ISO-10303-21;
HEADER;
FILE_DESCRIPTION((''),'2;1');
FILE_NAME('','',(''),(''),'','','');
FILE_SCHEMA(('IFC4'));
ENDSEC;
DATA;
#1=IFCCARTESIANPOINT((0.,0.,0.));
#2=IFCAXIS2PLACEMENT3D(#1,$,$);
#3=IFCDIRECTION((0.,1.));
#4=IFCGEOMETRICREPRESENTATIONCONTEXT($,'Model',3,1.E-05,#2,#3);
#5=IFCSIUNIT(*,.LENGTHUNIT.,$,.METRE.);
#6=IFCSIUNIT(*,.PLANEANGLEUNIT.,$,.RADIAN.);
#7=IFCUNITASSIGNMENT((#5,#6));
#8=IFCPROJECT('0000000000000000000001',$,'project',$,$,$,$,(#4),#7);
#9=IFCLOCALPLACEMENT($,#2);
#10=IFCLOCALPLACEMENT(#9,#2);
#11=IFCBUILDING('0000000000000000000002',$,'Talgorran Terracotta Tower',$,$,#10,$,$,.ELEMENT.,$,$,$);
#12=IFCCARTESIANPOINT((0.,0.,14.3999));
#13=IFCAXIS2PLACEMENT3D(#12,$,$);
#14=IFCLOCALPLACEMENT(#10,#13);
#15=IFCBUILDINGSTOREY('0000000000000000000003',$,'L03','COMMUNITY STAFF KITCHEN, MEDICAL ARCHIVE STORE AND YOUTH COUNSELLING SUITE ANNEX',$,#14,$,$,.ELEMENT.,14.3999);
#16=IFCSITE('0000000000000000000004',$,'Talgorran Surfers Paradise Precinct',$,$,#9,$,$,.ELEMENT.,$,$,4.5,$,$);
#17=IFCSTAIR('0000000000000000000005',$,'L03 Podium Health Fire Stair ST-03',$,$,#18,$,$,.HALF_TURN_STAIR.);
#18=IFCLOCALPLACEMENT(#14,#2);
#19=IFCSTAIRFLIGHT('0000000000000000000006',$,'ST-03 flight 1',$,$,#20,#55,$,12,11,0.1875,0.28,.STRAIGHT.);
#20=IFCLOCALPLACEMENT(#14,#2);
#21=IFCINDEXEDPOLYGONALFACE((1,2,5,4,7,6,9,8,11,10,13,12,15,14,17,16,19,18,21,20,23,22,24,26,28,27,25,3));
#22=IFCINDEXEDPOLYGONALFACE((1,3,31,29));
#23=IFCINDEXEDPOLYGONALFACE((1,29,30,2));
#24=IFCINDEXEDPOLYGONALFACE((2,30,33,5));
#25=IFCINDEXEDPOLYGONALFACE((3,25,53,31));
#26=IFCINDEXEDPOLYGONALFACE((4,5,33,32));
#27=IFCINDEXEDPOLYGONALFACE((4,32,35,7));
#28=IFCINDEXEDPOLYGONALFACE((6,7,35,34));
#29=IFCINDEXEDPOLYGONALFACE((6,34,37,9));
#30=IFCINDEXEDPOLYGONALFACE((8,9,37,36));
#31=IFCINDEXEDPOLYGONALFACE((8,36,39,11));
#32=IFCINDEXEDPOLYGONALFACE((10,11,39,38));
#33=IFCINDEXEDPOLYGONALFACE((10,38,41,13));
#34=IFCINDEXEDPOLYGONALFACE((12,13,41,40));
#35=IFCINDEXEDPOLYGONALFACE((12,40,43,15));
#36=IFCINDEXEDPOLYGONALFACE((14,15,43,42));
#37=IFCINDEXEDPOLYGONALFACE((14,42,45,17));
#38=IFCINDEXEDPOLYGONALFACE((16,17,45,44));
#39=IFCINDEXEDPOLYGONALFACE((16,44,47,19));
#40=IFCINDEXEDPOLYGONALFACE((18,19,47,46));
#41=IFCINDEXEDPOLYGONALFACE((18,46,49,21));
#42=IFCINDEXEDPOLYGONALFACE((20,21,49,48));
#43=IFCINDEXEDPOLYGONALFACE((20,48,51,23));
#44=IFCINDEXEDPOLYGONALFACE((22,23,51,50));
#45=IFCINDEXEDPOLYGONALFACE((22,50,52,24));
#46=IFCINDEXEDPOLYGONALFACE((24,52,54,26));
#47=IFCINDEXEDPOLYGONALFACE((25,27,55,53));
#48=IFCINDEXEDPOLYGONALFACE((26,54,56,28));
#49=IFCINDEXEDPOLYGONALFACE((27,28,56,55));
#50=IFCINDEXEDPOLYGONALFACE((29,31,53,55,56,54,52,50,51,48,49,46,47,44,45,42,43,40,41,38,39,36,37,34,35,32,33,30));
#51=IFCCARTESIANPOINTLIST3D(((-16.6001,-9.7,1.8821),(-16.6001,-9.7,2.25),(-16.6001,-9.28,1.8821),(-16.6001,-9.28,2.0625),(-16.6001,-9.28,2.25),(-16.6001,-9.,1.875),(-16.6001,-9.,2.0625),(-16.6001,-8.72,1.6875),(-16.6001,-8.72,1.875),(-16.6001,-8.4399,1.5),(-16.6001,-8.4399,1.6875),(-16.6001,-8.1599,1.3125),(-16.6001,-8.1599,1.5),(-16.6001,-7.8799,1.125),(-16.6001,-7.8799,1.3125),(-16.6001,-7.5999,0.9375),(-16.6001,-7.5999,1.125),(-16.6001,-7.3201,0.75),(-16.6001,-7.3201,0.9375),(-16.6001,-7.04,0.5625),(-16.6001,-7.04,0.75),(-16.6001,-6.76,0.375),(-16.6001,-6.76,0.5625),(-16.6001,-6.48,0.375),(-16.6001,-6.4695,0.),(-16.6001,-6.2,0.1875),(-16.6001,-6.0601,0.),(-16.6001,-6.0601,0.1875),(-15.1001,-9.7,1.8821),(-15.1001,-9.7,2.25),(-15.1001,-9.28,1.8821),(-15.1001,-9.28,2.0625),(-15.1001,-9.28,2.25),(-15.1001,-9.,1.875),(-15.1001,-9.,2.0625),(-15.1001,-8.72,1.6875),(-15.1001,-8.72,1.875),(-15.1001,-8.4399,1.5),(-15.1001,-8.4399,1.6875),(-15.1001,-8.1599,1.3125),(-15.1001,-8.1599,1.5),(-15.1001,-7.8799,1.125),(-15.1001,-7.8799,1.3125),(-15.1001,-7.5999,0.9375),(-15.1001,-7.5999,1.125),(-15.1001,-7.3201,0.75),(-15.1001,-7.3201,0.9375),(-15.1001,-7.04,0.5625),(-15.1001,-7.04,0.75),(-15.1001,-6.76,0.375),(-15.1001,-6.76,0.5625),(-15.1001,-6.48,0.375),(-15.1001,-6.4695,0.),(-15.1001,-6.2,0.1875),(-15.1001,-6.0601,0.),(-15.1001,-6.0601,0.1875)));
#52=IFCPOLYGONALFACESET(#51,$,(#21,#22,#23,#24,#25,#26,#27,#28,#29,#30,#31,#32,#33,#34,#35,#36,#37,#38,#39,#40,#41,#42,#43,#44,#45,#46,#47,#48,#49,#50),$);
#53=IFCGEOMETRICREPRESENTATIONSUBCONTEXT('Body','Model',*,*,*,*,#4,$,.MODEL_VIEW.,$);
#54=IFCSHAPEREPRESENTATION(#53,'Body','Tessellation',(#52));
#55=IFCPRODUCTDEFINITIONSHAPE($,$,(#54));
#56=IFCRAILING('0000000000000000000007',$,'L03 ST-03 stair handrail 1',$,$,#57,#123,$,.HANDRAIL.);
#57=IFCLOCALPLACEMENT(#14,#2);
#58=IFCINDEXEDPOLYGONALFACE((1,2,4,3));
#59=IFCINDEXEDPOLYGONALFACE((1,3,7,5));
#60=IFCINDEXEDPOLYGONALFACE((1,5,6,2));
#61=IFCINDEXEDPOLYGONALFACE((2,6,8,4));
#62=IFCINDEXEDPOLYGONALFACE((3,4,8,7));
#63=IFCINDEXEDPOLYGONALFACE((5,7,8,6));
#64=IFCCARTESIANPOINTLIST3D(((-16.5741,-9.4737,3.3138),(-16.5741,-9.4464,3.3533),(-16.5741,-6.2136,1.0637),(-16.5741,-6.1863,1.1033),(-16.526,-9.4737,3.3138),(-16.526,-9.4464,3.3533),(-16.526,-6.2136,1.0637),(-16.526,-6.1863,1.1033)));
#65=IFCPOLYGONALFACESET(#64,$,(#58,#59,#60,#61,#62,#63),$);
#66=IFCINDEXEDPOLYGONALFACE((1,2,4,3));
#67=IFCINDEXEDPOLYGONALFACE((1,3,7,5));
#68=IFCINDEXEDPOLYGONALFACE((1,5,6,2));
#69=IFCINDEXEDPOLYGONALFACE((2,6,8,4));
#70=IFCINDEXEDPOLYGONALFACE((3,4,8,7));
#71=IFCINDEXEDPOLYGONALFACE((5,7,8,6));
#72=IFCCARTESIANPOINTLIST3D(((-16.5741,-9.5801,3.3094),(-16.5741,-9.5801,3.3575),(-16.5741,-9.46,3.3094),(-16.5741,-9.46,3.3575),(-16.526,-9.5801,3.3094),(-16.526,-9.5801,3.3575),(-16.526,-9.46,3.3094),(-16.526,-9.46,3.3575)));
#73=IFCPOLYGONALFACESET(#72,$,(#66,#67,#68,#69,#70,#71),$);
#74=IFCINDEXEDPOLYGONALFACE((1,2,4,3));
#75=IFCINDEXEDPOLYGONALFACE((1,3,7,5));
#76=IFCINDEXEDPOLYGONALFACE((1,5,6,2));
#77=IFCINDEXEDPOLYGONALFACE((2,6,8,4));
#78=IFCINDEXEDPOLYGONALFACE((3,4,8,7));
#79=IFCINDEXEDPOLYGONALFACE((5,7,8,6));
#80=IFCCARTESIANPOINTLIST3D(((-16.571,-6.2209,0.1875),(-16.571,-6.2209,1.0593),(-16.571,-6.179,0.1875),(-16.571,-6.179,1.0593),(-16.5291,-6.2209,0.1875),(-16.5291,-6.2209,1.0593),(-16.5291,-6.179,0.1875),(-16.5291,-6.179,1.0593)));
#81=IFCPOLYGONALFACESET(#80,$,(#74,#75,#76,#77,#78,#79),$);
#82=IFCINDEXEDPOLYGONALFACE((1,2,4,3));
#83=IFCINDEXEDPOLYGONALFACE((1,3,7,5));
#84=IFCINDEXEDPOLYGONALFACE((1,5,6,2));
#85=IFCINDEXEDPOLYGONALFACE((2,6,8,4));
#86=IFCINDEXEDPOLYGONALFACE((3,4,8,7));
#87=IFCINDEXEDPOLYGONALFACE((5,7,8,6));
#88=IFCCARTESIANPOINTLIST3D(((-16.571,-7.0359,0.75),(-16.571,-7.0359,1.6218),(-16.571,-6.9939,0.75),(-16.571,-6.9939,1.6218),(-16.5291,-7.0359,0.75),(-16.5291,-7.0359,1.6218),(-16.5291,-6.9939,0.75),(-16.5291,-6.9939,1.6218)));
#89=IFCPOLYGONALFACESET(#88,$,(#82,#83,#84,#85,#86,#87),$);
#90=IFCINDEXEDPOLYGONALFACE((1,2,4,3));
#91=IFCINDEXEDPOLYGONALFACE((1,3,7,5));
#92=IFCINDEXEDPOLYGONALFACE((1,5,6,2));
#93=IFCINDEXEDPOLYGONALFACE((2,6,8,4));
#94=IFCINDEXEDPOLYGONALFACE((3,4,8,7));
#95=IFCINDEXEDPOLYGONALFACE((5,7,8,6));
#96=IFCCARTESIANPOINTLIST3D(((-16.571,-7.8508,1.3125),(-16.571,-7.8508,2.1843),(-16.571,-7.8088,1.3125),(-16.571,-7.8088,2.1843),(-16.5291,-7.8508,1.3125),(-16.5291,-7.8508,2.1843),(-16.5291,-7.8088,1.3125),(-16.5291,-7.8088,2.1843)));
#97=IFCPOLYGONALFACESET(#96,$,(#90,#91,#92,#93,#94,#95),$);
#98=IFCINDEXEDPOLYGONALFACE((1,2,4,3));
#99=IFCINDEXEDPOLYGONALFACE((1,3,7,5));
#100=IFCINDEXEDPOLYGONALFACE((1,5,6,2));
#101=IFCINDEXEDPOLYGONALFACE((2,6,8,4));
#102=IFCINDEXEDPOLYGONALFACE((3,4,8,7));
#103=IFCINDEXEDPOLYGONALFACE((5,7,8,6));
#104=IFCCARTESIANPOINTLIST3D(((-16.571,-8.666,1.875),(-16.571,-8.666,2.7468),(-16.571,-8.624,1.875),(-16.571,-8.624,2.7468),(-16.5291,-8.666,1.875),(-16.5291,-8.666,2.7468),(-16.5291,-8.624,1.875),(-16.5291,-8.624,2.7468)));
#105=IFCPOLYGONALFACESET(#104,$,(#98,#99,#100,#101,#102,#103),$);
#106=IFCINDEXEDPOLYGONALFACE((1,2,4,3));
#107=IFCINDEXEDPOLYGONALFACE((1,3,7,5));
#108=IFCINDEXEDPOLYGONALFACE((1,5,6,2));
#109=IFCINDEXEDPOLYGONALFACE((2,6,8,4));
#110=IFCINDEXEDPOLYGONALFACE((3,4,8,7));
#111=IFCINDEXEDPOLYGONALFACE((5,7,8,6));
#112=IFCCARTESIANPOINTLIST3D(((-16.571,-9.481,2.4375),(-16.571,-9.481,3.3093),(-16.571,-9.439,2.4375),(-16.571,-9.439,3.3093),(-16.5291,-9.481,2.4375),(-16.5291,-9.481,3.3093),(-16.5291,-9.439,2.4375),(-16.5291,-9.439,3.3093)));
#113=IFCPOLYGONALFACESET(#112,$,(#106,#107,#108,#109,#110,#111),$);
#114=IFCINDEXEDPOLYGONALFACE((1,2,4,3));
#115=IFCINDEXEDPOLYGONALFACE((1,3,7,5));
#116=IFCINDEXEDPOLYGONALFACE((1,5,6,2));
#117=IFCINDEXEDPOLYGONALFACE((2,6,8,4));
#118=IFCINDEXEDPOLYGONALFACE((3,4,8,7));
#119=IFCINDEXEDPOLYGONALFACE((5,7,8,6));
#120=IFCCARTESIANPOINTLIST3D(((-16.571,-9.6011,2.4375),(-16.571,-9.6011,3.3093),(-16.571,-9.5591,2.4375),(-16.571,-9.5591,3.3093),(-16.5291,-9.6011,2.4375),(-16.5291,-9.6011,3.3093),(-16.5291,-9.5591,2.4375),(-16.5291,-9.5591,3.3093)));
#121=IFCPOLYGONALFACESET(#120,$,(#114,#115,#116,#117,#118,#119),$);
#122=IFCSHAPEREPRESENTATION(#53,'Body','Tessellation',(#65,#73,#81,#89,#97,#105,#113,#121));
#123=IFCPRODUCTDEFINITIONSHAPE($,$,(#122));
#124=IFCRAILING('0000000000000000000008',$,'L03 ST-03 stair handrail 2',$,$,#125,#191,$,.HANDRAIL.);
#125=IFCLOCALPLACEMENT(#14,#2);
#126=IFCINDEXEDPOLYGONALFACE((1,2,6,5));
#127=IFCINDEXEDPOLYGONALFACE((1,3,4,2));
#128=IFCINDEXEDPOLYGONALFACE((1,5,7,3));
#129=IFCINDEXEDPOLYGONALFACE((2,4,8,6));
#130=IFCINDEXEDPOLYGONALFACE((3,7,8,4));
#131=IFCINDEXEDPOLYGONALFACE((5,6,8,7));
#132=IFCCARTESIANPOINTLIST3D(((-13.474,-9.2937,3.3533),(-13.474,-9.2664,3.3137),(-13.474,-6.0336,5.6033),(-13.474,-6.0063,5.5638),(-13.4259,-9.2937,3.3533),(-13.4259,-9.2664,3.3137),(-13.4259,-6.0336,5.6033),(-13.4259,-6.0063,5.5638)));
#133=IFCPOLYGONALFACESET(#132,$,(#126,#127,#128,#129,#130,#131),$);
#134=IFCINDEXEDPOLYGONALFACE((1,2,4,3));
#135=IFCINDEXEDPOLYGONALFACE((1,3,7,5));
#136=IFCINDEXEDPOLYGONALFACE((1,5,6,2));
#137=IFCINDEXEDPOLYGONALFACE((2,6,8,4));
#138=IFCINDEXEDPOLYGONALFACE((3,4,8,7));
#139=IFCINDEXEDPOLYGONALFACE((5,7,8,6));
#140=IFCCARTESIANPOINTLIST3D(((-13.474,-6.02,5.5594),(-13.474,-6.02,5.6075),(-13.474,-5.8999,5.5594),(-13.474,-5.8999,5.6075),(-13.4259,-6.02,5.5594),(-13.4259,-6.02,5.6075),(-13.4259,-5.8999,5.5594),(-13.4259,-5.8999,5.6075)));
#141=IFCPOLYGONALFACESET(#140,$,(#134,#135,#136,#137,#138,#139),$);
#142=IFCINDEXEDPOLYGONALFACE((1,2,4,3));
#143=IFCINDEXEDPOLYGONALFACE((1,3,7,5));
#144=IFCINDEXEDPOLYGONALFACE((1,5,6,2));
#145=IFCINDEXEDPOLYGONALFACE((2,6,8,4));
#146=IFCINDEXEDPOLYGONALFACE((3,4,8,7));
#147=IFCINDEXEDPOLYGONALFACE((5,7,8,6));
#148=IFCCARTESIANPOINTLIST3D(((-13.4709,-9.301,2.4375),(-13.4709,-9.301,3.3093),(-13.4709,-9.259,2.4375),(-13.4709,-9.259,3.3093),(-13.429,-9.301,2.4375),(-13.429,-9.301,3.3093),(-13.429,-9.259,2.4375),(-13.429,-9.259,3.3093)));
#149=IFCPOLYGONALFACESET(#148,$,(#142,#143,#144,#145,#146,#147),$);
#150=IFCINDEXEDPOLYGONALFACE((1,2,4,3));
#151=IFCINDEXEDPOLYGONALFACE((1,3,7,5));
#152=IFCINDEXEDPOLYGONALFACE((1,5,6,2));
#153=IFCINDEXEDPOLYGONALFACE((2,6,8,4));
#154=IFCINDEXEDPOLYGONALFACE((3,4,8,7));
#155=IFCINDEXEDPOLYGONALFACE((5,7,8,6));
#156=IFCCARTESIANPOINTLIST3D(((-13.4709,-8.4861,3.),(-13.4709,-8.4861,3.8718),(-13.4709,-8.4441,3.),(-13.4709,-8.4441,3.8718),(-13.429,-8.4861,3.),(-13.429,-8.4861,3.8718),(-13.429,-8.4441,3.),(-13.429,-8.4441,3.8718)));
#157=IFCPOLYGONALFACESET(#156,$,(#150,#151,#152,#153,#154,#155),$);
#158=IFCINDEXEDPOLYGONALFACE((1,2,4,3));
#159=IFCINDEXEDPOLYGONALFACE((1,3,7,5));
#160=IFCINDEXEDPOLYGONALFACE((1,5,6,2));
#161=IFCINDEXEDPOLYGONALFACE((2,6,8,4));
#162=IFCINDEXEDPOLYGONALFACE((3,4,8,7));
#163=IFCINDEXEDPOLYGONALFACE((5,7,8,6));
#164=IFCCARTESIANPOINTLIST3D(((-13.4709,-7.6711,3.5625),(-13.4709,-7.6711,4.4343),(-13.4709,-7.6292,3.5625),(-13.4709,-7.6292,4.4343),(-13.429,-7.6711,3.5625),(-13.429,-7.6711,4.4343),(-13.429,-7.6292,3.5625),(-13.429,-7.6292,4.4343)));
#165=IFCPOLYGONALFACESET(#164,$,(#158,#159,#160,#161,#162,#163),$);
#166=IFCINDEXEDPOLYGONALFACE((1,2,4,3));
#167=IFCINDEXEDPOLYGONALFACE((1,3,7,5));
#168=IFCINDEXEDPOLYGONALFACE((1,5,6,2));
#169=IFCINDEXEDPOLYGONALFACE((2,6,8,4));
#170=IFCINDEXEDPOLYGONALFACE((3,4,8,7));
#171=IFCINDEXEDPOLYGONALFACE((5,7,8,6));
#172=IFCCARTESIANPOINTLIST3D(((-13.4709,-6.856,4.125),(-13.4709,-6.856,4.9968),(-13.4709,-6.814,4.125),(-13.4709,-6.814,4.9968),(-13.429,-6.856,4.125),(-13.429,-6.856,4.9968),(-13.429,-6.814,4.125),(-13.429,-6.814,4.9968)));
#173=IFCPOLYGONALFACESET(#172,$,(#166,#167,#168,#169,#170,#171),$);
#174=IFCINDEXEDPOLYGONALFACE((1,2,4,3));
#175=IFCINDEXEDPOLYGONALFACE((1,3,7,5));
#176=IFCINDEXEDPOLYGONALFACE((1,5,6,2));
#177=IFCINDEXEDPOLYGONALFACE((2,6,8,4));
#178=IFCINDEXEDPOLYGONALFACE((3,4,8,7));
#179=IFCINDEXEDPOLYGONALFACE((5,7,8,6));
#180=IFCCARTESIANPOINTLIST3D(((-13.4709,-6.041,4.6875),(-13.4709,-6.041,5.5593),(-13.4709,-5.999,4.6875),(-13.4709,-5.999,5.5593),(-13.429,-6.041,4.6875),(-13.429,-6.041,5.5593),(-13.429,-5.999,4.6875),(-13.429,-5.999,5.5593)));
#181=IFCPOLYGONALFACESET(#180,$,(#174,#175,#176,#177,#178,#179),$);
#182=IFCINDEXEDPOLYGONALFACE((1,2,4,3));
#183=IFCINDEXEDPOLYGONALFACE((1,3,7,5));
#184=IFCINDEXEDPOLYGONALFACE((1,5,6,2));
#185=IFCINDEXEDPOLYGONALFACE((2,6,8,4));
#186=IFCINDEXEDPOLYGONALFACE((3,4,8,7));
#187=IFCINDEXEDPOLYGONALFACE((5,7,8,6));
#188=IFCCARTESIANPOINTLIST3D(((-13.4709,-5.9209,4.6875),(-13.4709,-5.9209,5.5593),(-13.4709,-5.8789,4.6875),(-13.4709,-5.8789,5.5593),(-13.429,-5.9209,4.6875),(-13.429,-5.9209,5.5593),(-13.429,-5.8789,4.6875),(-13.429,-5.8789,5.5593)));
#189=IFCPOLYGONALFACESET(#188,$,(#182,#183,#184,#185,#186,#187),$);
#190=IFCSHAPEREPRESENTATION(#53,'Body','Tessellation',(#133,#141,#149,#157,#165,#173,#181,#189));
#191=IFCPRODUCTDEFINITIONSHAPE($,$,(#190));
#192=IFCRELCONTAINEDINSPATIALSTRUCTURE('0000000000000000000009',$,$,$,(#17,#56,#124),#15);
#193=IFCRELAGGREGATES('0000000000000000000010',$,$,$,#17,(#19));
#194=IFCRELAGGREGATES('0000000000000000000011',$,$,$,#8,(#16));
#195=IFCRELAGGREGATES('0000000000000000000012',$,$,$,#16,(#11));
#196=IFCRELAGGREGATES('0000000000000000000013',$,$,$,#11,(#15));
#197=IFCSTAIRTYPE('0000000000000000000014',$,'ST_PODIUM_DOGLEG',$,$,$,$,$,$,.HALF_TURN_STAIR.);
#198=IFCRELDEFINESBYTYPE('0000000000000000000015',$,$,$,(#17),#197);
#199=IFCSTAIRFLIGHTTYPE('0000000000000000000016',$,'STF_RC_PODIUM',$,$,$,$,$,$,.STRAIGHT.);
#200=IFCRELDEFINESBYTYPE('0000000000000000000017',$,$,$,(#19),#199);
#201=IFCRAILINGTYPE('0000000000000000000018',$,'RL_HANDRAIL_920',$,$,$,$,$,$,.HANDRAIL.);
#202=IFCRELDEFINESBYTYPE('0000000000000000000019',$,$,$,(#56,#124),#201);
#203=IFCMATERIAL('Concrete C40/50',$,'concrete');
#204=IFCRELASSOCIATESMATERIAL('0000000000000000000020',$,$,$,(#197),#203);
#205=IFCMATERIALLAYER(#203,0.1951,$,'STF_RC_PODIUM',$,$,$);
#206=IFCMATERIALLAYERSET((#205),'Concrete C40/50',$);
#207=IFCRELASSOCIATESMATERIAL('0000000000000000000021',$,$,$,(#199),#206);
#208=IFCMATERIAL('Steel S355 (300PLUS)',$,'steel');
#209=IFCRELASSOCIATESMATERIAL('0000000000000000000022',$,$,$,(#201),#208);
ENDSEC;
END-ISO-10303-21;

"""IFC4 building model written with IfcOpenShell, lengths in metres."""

from ifc_helpers import new_model, si_unit, direction, frame, origin, origin_2d, place, context, subcontext, project, spatial, polyline, rectangle, outline, extrude, material, layer, layer_set, type_object, element, aggregate, save


model = new_model("IFC4")

# Units and contexts
model_context = context("Model", 3, precision=1e-05, world=origin(), true_north=direction((0.0, 1.0)))
body_context = subcontext(model_context, "Body", "Model", "MODEL_VIEW")
ifc_project = project(units=[si_unit("LENGTHUNIT", "METRE"), si_unit("PLANEANGLEUNIT", "RADIAN")], contexts=[model_context])

# Site, building, storey
site_placement = place(None, origin())
site = spatial("IfcSite", under=ifc_project, at=site_placement, Name="Talgorran Surfers Paradise Precinct", CompositionType="ELEMENT", RefElevation=4.5)
building_placement = place(site_placement, origin())
building = spatial("IfcBuilding", under=site, at=building_placement, Name="Talgorran Terracotta Tower", CompositionType="ELEMENT")
storey_placement = place(building_placement, frame((0.0, 0.0, 14.3999)))
storey = spatial("IfcBuildingStorey", under=building, at=storey_placement, Name="L03", Description="COMMUNITY STAFF KITCHEN, MEDICAL ARCHIVE STORE AND YOUTH COUNSELLING SUITE ANNEX", CompositionType="ELEMENT", Elevation=14.3999)

# Shared definitions
ifc_material_1 = material(Name="Steel S355 (300PLUS)", Category="steel")

# Stair, stair flight
ifc_material_2 = material(Name="Concrete C40/50", Category="concrete")
stair_type = type_object("IfcStairType", Name="ST_PODIUM_DOGLEG", PredefinedType="HALF_TURN_STAIR", material=ifc_material_2)
stair_placement = place(storey_placement, origin())
stair = element("IfcStair", 1, at=stair_placement, inside=storey, type_object=stair_type, Name="L03 Podium Health Fire Stair ST-03", PredefinedType="HALF_TURN_STAIR")
ifc_layer_1 = layer(ifc_material_2, 0.1951, Name="STF_RC_PODIUM")
ifc_layer_set_1 = layer_set([ifc_layer_1], Name="Concrete C40/50")
stair_flight_type = type_object("IfcStairFlightType", Name="STF_RC_PODIUM", PredefinedType="STRAIGHT", material=ifc_layer_set_1)
stair_flight_placement = place(storey_placement, frame((-15.8501, -6.2, 0.0), z_axis=(0.0, 0.0, 1.0), x_axis=(0.0, -1.0, 0.0)))
stair_flight = element("IfcStairFlight", 2, at=stair_flight_placement, type_object=stair_flight_type, Name="ST-03 flight 1", NumberOfRisers=12, NumberOfTreads=11, PredefinedType="STRAIGHT", RiserHeight=0.1875, TreadLength=0.28, context=body_context, shape_type="SweptSolid", body=[
    extrude(outline(polyline([(-0.1399, 0.0), (-0.1399, 0.1875), (0.0, 0.1875), (0.28, 0.375), (0.5601, 0.375), (0.5601, 0.5625), (0.8401, 0.5625), (0.8401, 0.75), (1.1201, 0.75), (1.1201, 0.9375), (1.3999, 0.9375), (1.3999, 1.125), (1.6799, 1.125), (1.6799, 1.3125), (1.96, 1.3125), (1.96, 1.5), (2.24, 1.5), (2.24, 1.6875), (2.52, 1.6875), (2.52, 1.875), (2.8, 1.875), (2.8, 2.0625), (3.0801, 2.0625), (3.0801, 2.25), (3.5, 2.25), (3.5, 1.8821), (3.0801, 1.8821), (0.2695, 0.0), (-0.1399, 0.0)])), frame((0.0, 0.75, 0.0), z_axis=(0.0, -1.0, 0.0), x_axis=(1.0, 0.0, 0.0)), (0.0, 0.0, 1.0), 1.5),
])
aggregate(stair, [stair_flight])

# Railings
railing_type_1 = type_object("IfcRailingType", Name="RL_HANDRAIL_920", PredefinedType="HANDRAIL", material=ifc_material_1)
railing_1_placement = place(storey_placement, frame((-16.55, -6.2, 0.1875)))
element("IfcRailing", 3, at=railing_1_placement, inside=storey, type_object=railing_type_1, Name="L03 ST-03 stair handrail 1", PredefinedType="HANDRAIL", context=body_context, shape_type="SweptSolid", body=[
    extrude(rectangle(XDim=0.0481, YDim=0.0481, at=origin_2d()), frame((0.0, 0.0, 0.896), z_axis=(0.0, -0.82301, 0.568027), x_axis=(1.0, 0.0, 0.0)), (0.0, 0.0, 1.0), 3.9612),
    extrude(rectangle(XDim=0.0481, YDim=0.0481, at=origin_2d()), frame((0.0, -3.26, 3.146), z_axis=(0.0, -1.0, 0.0), x_axis=(1.0, 0.0, 0.0)), (0.0, 0.0, 1.0), 0.1201),
    extrude(rectangle(XDim=0.042, YDim=0.042, at=origin_2d()), origin(), (0.0, 0.0, 1.0), 0.8718),
    extrude(rectangle(XDim=0.042, YDim=0.042, at=origin_2d()), frame((0.0, -0.8149, 0.5625)), (0.0, 0.0, 1.0), 0.8718),
    extrude(rectangle(XDim=0.042, YDim=0.042, at=origin_2d()), frame((0.0, -1.6299, 1.125)), (0.0, 0.0, 1.0), 0.8718),
    extrude(rectangle(XDim=0.042, YDim=0.042, at=origin_2d()), frame((0.0, -2.4451, 1.6875)), (0.0, 0.0, 1.0), 0.8718),
    extrude(rectangle(XDim=0.042, YDim=0.042, at=origin_2d()), frame((0.0, -3.26, 2.25)), (0.0, 0.0, 1.0), 0.8718),
    extrude(rectangle(XDim=0.042, YDim=0.042, at=origin_2d()), frame((0.0, -3.3801, 2.25)), (0.0, 0.0, 1.0), 0.8718),
])
railing_2_placement = place(storey_placement, frame((-13.45, -9.28, 2.4375)))
element("IfcRailing", 4, at=railing_2_placement, inside=storey, type_object=railing_type_1, Name="L03 ST-03 stair handrail 2", PredefinedType="HANDRAIL", context=body_context, shape_type="SweptSolid", body=[
    extrude(rectangle(XDim=0.0481, YDim=0.0481, at=origin_2d()), frame((0.0, 0.0, 0.896), z_axis=(0.0, 0.82301, 0.568027), x_axis=(-1.0, 0.0, 0.0)), (0.0, 0.0, 1.0), 3.9612),
    extrude(rectangle(XDim=0.0481, YDim=0.0481, at=origin_2d()), frame((0.0, 3.26, 3.146), z_axis=(0.0, 1.0, 0.0), x_axis=(-1.0, 0.0, 0.0)), (0.0, 0.0, 1.0), 0.1201),
    extrude(rectangle(XDim=0.042, YDim=0.042, at=origin_2d()), origin(), (0.0, 0.0, 1.0), 0.8718),
    extrude(rectangle(XDim=0.042, YDim=0.042, at=origin_2d()), frame((0.0, 0.8149, 0.5625)), (0.0, 0.0, 1.0), 0.8718),
    extrude(rectangle(XDim=0.042, YDim=0.042, at=origin_2d()), frame((0.0, 1.6299, 1.125)), (0.0, 0.0, 1.0), 0.8718),
    extrude(rectangle(XDim=0.042, YDim=0.042, at=origin_2d()), frame((0.0, 2.4451, 1.6875)), (0.0, 0.0, 1.0), 0.8718),
    extrude(rectangle(XDim=0.042, YDim=0.042, at=origin_2d()), frame((0.0, 3.26, 2.25)), (0.0, 0.0, 1.0), 0.8718),
    extrude(rectangle(XDim=0.042, YDim=0.042, at=origin_2d()), frame((0.0, 3.3801, 2.25)), (0.0, 0.0, 1.0), 0.8718),
])

save(model, "model.ifc")
